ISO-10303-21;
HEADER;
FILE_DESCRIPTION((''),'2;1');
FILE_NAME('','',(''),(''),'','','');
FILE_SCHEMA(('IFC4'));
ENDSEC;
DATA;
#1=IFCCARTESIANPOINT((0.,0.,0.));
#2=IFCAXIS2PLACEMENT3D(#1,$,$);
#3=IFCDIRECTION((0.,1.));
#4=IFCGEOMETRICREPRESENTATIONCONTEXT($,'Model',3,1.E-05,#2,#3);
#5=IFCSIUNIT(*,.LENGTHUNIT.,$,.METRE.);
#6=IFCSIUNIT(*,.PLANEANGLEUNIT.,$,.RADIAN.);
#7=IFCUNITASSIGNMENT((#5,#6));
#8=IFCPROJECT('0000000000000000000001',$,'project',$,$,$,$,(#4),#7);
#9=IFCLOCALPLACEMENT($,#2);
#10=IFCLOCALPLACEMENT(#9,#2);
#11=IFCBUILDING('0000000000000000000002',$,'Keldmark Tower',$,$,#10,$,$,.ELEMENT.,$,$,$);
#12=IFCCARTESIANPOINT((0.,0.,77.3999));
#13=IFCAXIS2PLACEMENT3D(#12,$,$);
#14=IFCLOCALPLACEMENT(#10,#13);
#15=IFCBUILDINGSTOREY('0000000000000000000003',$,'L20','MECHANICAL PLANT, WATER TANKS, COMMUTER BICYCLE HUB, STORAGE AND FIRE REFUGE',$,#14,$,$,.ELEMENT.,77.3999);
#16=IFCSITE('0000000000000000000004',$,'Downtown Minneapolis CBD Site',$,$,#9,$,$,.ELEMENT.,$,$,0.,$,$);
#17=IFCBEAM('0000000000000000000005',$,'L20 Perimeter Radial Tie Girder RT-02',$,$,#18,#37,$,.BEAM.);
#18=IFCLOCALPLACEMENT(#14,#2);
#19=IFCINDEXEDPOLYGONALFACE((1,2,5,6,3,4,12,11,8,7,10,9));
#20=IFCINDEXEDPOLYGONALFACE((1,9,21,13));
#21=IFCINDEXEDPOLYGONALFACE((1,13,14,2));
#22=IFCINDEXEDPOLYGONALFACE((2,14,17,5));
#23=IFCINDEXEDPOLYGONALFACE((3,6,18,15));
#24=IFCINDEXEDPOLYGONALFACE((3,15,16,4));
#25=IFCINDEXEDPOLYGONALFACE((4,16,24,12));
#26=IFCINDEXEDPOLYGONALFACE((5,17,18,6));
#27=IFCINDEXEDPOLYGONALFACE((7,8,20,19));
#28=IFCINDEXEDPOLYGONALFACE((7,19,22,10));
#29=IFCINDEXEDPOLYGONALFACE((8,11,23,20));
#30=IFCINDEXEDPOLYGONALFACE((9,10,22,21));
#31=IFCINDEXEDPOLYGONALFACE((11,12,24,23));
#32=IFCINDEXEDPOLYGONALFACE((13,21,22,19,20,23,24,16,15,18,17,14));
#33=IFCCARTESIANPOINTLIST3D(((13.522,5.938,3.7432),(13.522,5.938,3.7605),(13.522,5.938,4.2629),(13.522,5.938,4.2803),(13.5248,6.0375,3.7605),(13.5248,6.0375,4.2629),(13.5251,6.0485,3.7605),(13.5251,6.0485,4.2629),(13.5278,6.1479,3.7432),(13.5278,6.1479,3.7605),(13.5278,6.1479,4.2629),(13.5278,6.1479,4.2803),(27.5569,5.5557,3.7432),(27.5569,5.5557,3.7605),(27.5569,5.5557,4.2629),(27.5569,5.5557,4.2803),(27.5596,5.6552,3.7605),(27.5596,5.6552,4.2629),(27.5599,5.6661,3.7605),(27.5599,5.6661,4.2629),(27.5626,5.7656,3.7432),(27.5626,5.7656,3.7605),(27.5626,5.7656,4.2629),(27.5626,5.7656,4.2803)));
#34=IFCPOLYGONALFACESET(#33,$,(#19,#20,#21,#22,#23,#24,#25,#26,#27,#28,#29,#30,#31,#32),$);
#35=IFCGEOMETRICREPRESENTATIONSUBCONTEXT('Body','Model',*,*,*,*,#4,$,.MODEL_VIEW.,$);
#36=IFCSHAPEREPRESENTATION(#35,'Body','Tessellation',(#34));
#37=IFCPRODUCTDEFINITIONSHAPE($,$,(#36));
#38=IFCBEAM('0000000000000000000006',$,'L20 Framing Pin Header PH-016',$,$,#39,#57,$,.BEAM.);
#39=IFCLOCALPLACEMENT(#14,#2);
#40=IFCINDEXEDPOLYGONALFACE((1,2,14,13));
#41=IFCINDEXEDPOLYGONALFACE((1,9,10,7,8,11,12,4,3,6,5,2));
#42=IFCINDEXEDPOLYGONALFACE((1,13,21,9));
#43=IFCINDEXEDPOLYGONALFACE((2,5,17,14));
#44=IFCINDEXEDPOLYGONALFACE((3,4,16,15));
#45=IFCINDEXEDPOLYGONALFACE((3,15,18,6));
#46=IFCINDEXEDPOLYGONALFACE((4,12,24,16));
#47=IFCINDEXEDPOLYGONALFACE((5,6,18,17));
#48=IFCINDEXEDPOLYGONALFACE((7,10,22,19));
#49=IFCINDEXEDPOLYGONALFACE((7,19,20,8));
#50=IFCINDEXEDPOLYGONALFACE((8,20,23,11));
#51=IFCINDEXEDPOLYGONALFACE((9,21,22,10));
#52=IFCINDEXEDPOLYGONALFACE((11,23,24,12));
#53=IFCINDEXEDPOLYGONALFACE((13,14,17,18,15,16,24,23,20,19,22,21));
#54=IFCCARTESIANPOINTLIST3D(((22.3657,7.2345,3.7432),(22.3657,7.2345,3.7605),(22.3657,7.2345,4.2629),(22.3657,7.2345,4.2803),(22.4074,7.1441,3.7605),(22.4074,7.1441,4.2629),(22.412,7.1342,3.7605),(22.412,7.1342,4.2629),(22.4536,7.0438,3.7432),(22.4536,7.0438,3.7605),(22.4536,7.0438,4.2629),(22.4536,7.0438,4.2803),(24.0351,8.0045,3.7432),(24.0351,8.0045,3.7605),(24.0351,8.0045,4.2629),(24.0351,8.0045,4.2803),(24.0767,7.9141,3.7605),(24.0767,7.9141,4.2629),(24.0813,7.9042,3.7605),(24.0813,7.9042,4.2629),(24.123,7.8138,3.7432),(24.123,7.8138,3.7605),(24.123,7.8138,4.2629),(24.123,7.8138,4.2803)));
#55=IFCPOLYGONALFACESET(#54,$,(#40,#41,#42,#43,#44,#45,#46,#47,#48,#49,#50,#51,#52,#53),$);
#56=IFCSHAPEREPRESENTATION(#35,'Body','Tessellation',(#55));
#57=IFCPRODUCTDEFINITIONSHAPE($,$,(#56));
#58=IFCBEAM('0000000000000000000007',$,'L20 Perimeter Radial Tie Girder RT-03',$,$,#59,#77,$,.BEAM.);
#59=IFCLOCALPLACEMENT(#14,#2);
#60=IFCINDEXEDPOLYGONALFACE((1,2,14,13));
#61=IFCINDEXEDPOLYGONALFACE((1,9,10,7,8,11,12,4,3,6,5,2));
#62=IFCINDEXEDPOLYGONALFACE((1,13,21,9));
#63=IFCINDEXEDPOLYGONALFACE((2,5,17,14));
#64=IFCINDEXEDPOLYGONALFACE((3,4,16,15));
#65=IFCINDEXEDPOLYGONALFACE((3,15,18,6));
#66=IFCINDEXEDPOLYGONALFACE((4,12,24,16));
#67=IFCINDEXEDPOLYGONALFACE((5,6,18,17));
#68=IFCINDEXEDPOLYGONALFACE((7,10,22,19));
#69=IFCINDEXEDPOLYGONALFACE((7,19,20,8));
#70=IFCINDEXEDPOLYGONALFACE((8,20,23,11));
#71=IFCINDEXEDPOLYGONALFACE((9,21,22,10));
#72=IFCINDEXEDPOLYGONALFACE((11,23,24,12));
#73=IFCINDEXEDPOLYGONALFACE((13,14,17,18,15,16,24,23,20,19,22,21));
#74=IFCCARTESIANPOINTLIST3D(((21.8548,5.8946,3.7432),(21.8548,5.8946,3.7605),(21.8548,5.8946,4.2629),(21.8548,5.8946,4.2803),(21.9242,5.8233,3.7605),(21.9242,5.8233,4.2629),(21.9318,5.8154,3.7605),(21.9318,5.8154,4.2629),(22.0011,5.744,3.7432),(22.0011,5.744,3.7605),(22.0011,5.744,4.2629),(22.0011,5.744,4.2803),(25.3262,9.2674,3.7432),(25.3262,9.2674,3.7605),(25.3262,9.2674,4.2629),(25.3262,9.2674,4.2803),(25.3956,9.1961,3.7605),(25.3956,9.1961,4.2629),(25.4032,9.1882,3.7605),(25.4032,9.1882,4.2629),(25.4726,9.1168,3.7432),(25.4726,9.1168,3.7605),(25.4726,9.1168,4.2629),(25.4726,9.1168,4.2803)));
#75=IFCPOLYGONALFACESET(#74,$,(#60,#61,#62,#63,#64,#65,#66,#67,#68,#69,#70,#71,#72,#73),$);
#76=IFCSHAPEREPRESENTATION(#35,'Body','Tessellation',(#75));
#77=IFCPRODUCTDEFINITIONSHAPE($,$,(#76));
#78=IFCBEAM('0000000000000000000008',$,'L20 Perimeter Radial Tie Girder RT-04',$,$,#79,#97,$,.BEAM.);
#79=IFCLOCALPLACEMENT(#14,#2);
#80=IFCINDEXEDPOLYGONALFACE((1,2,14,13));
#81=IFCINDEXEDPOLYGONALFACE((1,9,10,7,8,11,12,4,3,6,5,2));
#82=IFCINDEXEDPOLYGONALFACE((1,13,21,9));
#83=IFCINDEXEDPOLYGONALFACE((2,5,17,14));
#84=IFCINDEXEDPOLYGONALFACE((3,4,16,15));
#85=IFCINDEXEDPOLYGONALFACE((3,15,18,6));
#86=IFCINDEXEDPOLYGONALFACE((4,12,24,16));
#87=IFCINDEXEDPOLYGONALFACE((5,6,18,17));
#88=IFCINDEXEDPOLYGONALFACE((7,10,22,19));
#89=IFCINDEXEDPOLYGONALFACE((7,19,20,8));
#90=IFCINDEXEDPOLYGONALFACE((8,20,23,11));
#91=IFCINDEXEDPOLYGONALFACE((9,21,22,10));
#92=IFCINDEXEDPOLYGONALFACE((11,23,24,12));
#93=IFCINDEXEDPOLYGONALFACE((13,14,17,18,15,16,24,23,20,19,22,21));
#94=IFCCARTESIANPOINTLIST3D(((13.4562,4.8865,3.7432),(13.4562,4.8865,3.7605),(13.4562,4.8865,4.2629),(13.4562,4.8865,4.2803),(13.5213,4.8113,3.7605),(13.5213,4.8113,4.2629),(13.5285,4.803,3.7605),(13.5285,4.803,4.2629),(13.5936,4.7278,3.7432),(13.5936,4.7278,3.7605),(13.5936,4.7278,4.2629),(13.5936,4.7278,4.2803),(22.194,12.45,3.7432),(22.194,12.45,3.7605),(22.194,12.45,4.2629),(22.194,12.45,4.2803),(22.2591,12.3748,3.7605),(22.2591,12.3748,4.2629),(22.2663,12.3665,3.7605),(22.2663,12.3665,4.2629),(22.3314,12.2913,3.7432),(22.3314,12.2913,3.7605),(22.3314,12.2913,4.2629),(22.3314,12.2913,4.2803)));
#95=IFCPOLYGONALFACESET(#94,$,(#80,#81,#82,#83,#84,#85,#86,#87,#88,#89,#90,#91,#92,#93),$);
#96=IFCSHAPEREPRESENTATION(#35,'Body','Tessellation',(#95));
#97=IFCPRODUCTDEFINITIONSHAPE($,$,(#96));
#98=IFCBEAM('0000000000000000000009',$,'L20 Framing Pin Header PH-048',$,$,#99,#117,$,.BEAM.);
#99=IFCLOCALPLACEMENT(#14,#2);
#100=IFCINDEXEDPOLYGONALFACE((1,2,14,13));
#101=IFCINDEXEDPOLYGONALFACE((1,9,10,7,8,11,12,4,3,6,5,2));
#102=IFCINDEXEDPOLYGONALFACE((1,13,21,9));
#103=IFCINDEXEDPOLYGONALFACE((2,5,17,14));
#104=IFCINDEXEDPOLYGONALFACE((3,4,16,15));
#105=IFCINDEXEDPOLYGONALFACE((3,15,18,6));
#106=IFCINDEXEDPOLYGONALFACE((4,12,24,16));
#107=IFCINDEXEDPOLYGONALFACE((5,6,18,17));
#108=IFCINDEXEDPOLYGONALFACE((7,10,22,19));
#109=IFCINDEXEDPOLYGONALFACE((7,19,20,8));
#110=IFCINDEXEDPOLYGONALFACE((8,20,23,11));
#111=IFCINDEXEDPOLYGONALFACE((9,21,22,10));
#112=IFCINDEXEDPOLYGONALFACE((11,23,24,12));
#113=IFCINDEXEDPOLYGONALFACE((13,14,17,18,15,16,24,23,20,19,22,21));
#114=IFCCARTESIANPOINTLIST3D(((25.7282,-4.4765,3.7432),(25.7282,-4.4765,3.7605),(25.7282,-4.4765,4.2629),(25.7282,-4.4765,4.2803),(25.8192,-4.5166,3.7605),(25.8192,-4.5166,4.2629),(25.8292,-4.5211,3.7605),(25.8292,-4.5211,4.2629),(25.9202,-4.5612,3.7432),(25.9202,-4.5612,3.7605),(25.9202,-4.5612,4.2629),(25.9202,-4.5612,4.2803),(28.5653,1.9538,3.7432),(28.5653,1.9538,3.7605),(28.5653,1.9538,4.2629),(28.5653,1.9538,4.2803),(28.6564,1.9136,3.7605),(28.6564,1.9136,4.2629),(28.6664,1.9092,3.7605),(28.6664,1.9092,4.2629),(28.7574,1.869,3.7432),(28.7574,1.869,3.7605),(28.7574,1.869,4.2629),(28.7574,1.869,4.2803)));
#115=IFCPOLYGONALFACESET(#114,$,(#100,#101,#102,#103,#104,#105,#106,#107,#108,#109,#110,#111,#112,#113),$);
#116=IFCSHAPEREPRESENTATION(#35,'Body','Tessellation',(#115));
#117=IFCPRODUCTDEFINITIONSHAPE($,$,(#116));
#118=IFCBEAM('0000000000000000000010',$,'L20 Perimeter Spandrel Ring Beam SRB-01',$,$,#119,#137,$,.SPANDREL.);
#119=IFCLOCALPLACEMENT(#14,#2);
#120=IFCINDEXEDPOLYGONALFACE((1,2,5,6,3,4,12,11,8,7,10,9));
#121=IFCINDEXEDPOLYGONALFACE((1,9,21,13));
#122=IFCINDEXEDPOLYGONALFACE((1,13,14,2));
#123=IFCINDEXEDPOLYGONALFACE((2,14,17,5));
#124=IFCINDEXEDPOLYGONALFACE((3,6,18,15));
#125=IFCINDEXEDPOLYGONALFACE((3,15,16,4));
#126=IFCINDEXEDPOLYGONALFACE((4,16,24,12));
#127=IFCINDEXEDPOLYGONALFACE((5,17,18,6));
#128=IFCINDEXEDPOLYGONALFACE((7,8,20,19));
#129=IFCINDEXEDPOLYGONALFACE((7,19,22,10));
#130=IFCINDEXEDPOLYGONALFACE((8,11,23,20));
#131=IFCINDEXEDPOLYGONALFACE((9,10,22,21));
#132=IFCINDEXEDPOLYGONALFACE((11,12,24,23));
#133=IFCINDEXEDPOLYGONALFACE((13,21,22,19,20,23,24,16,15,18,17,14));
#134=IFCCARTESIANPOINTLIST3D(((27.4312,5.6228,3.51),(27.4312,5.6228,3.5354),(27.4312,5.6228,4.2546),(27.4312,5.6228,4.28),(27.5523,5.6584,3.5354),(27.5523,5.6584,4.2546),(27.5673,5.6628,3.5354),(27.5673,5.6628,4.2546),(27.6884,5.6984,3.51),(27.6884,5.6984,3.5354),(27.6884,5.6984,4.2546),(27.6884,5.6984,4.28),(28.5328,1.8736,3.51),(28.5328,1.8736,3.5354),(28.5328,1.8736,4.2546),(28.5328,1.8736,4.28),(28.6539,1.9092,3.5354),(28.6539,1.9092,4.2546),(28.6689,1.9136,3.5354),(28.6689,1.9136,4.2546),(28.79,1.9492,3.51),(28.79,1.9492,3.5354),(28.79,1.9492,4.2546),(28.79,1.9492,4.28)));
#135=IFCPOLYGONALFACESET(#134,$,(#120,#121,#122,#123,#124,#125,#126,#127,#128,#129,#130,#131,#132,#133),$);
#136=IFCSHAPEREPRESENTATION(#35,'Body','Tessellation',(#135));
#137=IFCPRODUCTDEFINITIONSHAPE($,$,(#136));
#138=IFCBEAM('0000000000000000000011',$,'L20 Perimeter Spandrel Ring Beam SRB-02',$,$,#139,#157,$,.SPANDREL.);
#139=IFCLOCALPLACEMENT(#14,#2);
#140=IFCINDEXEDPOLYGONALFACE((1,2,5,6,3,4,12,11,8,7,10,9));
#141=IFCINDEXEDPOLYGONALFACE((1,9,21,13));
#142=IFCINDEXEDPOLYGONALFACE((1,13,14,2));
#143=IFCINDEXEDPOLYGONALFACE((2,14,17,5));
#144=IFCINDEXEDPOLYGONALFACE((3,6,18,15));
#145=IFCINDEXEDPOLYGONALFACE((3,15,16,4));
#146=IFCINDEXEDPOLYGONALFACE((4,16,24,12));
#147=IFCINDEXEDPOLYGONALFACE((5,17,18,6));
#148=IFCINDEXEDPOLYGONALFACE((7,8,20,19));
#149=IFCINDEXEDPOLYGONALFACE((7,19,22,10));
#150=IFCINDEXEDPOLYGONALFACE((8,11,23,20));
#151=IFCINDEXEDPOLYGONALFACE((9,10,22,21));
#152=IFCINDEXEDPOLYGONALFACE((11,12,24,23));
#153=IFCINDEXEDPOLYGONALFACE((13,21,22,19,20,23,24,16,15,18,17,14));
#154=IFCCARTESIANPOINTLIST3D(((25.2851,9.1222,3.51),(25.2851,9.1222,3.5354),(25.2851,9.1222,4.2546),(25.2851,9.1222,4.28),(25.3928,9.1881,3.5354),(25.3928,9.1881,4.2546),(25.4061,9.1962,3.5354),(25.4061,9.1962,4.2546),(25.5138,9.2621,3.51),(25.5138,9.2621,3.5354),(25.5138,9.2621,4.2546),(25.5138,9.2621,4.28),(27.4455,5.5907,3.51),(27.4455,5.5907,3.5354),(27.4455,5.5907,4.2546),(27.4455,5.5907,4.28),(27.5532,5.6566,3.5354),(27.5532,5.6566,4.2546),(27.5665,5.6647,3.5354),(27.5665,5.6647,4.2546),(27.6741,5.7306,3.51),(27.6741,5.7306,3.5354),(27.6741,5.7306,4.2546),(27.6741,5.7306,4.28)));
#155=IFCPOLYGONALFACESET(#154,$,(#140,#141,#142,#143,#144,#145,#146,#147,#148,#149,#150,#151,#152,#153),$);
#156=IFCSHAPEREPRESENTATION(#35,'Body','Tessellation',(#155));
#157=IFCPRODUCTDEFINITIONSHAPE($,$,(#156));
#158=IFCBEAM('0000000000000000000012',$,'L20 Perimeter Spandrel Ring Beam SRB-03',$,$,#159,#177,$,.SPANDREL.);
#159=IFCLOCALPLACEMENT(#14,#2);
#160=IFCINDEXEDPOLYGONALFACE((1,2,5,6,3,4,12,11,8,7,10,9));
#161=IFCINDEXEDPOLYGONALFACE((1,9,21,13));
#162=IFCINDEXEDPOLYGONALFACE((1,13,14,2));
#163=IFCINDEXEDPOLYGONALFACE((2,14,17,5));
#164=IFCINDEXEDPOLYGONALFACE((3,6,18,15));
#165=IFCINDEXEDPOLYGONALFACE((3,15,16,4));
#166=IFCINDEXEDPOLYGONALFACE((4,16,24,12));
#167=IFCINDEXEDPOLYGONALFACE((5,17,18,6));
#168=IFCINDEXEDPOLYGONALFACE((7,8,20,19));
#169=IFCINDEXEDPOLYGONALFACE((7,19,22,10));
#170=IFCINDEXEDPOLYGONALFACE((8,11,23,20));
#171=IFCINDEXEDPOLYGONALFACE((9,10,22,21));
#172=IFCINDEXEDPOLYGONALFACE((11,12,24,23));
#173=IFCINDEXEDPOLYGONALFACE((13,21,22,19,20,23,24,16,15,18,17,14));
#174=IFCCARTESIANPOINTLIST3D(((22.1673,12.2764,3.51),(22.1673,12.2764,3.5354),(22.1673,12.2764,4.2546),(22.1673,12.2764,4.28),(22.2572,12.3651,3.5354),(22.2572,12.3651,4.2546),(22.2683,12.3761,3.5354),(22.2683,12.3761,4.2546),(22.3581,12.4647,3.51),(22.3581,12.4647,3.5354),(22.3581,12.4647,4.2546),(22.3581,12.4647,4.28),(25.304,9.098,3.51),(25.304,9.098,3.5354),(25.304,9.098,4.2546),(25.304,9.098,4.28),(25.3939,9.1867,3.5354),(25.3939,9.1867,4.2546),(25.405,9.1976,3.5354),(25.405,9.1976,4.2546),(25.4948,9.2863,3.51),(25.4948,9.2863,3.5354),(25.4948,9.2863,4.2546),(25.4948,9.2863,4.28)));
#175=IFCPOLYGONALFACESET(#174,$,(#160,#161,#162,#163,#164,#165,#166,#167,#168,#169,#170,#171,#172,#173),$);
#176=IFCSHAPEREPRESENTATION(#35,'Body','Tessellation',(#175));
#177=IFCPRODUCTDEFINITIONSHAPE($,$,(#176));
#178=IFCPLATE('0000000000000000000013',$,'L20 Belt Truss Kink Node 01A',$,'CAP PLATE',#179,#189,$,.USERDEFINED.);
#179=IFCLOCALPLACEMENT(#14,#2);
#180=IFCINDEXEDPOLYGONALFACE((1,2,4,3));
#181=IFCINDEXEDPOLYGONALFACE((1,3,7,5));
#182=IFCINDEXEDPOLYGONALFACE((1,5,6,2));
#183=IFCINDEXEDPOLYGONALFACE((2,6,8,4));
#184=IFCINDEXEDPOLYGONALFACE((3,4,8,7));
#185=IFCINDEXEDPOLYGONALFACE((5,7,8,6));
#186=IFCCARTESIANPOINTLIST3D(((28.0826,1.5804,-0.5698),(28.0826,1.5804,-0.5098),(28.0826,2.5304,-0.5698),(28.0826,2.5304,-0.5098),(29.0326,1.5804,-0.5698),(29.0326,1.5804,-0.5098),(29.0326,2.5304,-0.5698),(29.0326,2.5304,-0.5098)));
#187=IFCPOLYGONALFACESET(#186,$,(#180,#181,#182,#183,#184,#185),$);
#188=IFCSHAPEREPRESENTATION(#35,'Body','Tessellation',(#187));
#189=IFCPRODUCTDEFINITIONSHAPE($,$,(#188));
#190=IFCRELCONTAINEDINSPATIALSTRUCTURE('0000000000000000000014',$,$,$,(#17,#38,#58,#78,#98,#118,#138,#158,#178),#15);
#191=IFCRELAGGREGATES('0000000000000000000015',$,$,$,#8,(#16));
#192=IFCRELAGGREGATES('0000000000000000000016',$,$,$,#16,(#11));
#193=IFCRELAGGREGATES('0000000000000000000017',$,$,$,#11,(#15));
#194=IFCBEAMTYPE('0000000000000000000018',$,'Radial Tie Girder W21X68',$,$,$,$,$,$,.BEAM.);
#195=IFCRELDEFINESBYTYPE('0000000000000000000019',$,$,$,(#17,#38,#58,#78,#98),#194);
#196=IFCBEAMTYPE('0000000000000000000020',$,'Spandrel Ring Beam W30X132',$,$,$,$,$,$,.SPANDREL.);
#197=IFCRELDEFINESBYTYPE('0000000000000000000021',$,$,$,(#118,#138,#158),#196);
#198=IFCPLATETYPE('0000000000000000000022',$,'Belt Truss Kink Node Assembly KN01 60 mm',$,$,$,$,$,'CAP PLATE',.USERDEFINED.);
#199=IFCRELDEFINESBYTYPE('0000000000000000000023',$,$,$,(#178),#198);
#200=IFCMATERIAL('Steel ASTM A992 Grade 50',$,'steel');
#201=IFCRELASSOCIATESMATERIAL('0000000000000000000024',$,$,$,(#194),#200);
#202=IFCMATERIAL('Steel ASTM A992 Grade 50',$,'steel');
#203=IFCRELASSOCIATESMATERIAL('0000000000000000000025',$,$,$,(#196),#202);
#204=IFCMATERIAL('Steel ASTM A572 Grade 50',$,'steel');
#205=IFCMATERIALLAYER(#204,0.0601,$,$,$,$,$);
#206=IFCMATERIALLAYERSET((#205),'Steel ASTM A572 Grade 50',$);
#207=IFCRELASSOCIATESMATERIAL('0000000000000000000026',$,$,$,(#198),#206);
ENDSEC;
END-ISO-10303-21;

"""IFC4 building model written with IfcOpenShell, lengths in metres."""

from ifc_helpers import new_model, si_unit, direction, frame, origin, origin_2d, place, context, subcontext, project, spatial, rectangle, i_section, extrude, material, layer, layer_set, material_profile, profile_set, type_object, element, save


model = new_model("IFC4")

# Units and contexts
model_context = context("Model", 3, precision=1e-05, world=origin(), true_north=direction((0.0, 1.0)))
body_context = subcontext(model_context, "Body", "Model", "MODEL_VIEW")
ifc_project = project(units=[si_unit("LENGTHUNIT", "METRE"), si_unit("PLANEANGLEUNIT", "RADIAN")], contexts=[model_context])

# Site, building, storey
site_placement = place(None, origin())
site = spatial("IfcSite", under=ifc_project, at=site_placement, Name="Downtown Minneapolis CBD Site", CompositionType="ELEMENT", RefElevation=0.0)
building_placement = place(site_placement, origin())
building = spatial("IfcBuilding", under=site, at=building_placement, Name="Keldmark Tower", CompositionType="ELEMENT")
storey_placement = place(building_placement, frame((0.0, 0.0, 77.3999)))
storey = spatial("IfcBuildingStorey", under=building, at=storey_placement, Name="L20", Description="MECHANICAL PLANT, WATER TANKS, COMMUTER BICYCLE HUB, STORAGE AND FIRE REFUGE", CompositionType="ELEMENT", Elevation=77.3999)

# Beams
ifc_material_1 = material(Name="Steel ASTM A992 Grade 50", Category="steel")
ifc_material_profile_1 = material_profile(ifc_material_1, i_section(OverallWidth=0.21, OverallDepth=0.5371, WebThickness=0.011, FlangeThickness=0.0173, at=origin_2d()), Name="W21X68")
ifc_profile_set_1 = profile_set([ifc_material_profile_1], Name="Steel ASTM A992 Grade 50")
beam_type_1 = type_object("IfcBeamType", Name="Radial Tie Girder W21X68", PredefinedType="BEAM", material=ifc_profile_set_1)
beam_1_placement = place(storey_placement, frame((13.5249, 6.043, 4.0117), z_axis=(0.999629, -0.027231, 0.0), x_axis=(0.027231, 0.999629, 0.0)))
element("IfcBeam", 1, at=beam_1_placement, inside=storey, type_object=beam_type_1, Name="L20 Perimeter Radial Tie Girder RT-02", PredefinedType="BEAM", context=body_context, shape_type="SweptSolid", body=[
    extrude(i_section(OverallWidth=0.21, OverallDepth=0.5371, WebThickness=0.011, FlangeThickness=0.0173, at=origin_2d()), origin(), (0.0, 0.0, 1.0), 14.04),
])
beam_2_placement = place(storey_placement, frame((22.4097, 7.1392, 4.0117), z_axis=(0.90806, 0.418839, 0.0), x_axis=(-0.418839, 0.90806, 0.0)))
element("IfcBeam", 2, at=beam_2_placement, inside=storey, type_object=beam_type_1, Name="L20 Framing Pin Header PH-016", PredefinedType="BEAM", context=body_context, shape_type="SweptSolid", body=[
    extrude(i_section(OverallWidth=0.21, OverallDepth=0.5371, WebThickness=0.011, FlangeThickness=0.0173, at=origin_2d()), origin(), (0.0, 0.0, 1.0), 1.8384),
])
beam_3_placement = place(storey_placement, frame((21.928, 5.8193, 4.0117), z_axis=(0.717222, 0.696844, 0.0), x_axis=(-0.696844, 0.717222, 0.0)))
element("IfcBeam", 3, at=beam_3_placement, inside=storey, type_object=beam_type_1, Name="L20 Perimeter Radial Tie Girder RT-03", PredefinedType="BEAM", context=body_context, shape_type="SweptSolid", body=[
    extrude(i_section(OverallWidth=0.21, OverallDepth=0.5371, WebThickness=0.011, FlangeThickness=0.0173, at=origin_2d()), origin(), (0.0, 0.0, 1.0), 4.8401),
])
beam_4_placement = place(storey_placement, frame((13.5249, 4.8071, 4.0117), z_axis=(0.756086, 0.654472, 0.0), x_axis=(-0.654472, 0.756086, 0.0)))
element("IfcBeam", 4, at=beam_4_placement, inside=storey, type_object=beam_type_1, Name="L20 Perimeter Radial Tie Girder RT-04", PredefinedType="BEAM", context=body_context, shape_type="SweptSolid", body=[
    extrude(i_section(OverallWidth=0.21, OverallDepth=0.5371, WebThickness=0.011, FlangeThickness=0.0173, at=origin_2d()), origin(), (0.0, 0.0, 1.0), 11.5566),
])
beam_5_placement = place(storey_placement, frame((28.6614, 1.9114, 4.0117), z_axis=(-0.403678, -0.914901, 0.0), x_axis=(0.914901, -0.403678, 0.0)))
element("IfcBeam", 5, at=beam_5_placement, inside=storey, type_object=beam_type_1, Name="L20 Framing Pin Header PH-048", PredefinedType="BEAM", context=body_context, shape_type="SweptSolid", body=[
    extrude(i_section(OverallWidth=0.21, OverallDepth=0.5371, WebThickness=0.011, FlangeThickness=0.0173, at=origin_2d()), origin(), (0.0, 0.0, 1.0), 7.0283),
])
ifc_material_2 = material(Name="Steel ASTM A992 Grade 50", Category="steel")
ifc_material_profile_2 = material_profile(ifc_material_2, i_section(OverallWidth=0.2681, OverallDepth=0.77, WebThickness=0.0156, FlangeThickness=0.0254, at=origin_2d()), Name="W30X132")
ifc_profile_set_2 = profile_set([ifc_material_profile_2], Name="Steel ASTM A992 Grade 50")
beam_type_2 = type_object("IfcBeamType", Name="Spandrel Ring Beam W30X132", PredefinedType="SPANDREL", material=ifc_profile_set_2)
beam_6_placement = place(storey_placement, frame((28.6614, 1.9114, 3.895), z_axis=(-0.281892, 0.959446, 0.0), x_axis=(-0.959446, -0.281892, 0.0)))
element("IfcBeam", 6, at=beam_6_placement, inside=storey, type_object=beam_type_2, Name="L20 Perimeter Spandrel Ring Beam SRB-01", PredefinedType="SPANDREL", context=body_context, shape_type="SweptSolid", body=[
    extrude(i_section(OverallWidth=0.2681, OverallDepth=0.77, WebThickness=0.0156, FlangeThickness=0.0254, at=origin_2d()), origin(), (0.0, 0.0, 1.0), 3.9077),
])
beam_7_placement = place(storey_placement, frame((27.5598, 5.6606, 3.895), z_axis=(-0.521848, 0.853038, 0.0), x_axis=(-0.853038, -0.521848, 0.0)))
element("IfcBeam", 7, at=beam_7_placement, inside=storey, type_object=beam_type_2, Name="L20 Perimeter Spandrel Ring Beam SRB-02", PredefinedType="SPANDREL", context=body_context, shape_type="SweptSolid", body=[
    extrude(i_section(OverallWidth=0.2681, OverallDepth=0.77, WebThickness=0.0156, FlangeThickness=0.0254, at=origin_2d()), origin(), (0.0, 0.0, 1.0), 4.1399),
])
beam_8_placement = place(storey_placement, frame((25.3994, 9.1921, 3.895), z_axis=(-0.702417, 0.711766, 0.0), x_axis=(-0.711766, -0.702417, 0.0)))
element("IfcBeam", 8, at=beam_8_placement, inside=storey, type_object=beam_type_2, Name="L20 Perimeter Spandrel Ring Beam SRB-03", PredefinedType="SPANDREL", context=body_context, shape_type="SweptSolid", body=[
    extrude(i_section(OverallWidth=0.2681, OverallDepth=0.77, WebThickness=0.0156, FlangeThickness=0.0254, at=origin_2d()), origin(), (0.0, 0.0, 1.0), 4.4656),
])

# Plate
ifc_material_3 = material(Name="Steel ASTM A572 Grade 50", Category="steel")
ifc_layer_1 = layer(ifc_material_3, 0.0601)
ifc_layer_set_1 = layer_set([ifc_layer_1], Name="Steel ASTM A572 Grade 50")
plate_type_1 = type_object("IfcPlateType", Name="Belt Truss Kink Node Assembly KN01 60 mm", ElementType="CAP PLATE", PredefinedType="USERDEFINED", material=ifc_layer_set_1)
for number, where, z_axis, x_axis, name in (
    (9, (28.5576, 2.0554, -0.5698), (0.0, 0.0, 1.0), (1.0, 0.0, 0.0), "L20 Belt Truss Kink Node 01A"),
):
    element("IfcPlate", number, at=place(storey_placement, frame(where, z_axis=z_axis, x_axis=x_axis)), inside=storey, type_object=plate_type_1, Name=name, ObjectType="CAP PLATE", PredefinedType="USERDEFINED", context=body_context, shape_type="SweptSolid", body=[
        extrude(rectangle(XDim=0.95, YDim=0.95, at=origin_2d()), origin(), (0.0, 0.0, 1.0), 0.0601),
    ])

save(model, "model.ifc")
